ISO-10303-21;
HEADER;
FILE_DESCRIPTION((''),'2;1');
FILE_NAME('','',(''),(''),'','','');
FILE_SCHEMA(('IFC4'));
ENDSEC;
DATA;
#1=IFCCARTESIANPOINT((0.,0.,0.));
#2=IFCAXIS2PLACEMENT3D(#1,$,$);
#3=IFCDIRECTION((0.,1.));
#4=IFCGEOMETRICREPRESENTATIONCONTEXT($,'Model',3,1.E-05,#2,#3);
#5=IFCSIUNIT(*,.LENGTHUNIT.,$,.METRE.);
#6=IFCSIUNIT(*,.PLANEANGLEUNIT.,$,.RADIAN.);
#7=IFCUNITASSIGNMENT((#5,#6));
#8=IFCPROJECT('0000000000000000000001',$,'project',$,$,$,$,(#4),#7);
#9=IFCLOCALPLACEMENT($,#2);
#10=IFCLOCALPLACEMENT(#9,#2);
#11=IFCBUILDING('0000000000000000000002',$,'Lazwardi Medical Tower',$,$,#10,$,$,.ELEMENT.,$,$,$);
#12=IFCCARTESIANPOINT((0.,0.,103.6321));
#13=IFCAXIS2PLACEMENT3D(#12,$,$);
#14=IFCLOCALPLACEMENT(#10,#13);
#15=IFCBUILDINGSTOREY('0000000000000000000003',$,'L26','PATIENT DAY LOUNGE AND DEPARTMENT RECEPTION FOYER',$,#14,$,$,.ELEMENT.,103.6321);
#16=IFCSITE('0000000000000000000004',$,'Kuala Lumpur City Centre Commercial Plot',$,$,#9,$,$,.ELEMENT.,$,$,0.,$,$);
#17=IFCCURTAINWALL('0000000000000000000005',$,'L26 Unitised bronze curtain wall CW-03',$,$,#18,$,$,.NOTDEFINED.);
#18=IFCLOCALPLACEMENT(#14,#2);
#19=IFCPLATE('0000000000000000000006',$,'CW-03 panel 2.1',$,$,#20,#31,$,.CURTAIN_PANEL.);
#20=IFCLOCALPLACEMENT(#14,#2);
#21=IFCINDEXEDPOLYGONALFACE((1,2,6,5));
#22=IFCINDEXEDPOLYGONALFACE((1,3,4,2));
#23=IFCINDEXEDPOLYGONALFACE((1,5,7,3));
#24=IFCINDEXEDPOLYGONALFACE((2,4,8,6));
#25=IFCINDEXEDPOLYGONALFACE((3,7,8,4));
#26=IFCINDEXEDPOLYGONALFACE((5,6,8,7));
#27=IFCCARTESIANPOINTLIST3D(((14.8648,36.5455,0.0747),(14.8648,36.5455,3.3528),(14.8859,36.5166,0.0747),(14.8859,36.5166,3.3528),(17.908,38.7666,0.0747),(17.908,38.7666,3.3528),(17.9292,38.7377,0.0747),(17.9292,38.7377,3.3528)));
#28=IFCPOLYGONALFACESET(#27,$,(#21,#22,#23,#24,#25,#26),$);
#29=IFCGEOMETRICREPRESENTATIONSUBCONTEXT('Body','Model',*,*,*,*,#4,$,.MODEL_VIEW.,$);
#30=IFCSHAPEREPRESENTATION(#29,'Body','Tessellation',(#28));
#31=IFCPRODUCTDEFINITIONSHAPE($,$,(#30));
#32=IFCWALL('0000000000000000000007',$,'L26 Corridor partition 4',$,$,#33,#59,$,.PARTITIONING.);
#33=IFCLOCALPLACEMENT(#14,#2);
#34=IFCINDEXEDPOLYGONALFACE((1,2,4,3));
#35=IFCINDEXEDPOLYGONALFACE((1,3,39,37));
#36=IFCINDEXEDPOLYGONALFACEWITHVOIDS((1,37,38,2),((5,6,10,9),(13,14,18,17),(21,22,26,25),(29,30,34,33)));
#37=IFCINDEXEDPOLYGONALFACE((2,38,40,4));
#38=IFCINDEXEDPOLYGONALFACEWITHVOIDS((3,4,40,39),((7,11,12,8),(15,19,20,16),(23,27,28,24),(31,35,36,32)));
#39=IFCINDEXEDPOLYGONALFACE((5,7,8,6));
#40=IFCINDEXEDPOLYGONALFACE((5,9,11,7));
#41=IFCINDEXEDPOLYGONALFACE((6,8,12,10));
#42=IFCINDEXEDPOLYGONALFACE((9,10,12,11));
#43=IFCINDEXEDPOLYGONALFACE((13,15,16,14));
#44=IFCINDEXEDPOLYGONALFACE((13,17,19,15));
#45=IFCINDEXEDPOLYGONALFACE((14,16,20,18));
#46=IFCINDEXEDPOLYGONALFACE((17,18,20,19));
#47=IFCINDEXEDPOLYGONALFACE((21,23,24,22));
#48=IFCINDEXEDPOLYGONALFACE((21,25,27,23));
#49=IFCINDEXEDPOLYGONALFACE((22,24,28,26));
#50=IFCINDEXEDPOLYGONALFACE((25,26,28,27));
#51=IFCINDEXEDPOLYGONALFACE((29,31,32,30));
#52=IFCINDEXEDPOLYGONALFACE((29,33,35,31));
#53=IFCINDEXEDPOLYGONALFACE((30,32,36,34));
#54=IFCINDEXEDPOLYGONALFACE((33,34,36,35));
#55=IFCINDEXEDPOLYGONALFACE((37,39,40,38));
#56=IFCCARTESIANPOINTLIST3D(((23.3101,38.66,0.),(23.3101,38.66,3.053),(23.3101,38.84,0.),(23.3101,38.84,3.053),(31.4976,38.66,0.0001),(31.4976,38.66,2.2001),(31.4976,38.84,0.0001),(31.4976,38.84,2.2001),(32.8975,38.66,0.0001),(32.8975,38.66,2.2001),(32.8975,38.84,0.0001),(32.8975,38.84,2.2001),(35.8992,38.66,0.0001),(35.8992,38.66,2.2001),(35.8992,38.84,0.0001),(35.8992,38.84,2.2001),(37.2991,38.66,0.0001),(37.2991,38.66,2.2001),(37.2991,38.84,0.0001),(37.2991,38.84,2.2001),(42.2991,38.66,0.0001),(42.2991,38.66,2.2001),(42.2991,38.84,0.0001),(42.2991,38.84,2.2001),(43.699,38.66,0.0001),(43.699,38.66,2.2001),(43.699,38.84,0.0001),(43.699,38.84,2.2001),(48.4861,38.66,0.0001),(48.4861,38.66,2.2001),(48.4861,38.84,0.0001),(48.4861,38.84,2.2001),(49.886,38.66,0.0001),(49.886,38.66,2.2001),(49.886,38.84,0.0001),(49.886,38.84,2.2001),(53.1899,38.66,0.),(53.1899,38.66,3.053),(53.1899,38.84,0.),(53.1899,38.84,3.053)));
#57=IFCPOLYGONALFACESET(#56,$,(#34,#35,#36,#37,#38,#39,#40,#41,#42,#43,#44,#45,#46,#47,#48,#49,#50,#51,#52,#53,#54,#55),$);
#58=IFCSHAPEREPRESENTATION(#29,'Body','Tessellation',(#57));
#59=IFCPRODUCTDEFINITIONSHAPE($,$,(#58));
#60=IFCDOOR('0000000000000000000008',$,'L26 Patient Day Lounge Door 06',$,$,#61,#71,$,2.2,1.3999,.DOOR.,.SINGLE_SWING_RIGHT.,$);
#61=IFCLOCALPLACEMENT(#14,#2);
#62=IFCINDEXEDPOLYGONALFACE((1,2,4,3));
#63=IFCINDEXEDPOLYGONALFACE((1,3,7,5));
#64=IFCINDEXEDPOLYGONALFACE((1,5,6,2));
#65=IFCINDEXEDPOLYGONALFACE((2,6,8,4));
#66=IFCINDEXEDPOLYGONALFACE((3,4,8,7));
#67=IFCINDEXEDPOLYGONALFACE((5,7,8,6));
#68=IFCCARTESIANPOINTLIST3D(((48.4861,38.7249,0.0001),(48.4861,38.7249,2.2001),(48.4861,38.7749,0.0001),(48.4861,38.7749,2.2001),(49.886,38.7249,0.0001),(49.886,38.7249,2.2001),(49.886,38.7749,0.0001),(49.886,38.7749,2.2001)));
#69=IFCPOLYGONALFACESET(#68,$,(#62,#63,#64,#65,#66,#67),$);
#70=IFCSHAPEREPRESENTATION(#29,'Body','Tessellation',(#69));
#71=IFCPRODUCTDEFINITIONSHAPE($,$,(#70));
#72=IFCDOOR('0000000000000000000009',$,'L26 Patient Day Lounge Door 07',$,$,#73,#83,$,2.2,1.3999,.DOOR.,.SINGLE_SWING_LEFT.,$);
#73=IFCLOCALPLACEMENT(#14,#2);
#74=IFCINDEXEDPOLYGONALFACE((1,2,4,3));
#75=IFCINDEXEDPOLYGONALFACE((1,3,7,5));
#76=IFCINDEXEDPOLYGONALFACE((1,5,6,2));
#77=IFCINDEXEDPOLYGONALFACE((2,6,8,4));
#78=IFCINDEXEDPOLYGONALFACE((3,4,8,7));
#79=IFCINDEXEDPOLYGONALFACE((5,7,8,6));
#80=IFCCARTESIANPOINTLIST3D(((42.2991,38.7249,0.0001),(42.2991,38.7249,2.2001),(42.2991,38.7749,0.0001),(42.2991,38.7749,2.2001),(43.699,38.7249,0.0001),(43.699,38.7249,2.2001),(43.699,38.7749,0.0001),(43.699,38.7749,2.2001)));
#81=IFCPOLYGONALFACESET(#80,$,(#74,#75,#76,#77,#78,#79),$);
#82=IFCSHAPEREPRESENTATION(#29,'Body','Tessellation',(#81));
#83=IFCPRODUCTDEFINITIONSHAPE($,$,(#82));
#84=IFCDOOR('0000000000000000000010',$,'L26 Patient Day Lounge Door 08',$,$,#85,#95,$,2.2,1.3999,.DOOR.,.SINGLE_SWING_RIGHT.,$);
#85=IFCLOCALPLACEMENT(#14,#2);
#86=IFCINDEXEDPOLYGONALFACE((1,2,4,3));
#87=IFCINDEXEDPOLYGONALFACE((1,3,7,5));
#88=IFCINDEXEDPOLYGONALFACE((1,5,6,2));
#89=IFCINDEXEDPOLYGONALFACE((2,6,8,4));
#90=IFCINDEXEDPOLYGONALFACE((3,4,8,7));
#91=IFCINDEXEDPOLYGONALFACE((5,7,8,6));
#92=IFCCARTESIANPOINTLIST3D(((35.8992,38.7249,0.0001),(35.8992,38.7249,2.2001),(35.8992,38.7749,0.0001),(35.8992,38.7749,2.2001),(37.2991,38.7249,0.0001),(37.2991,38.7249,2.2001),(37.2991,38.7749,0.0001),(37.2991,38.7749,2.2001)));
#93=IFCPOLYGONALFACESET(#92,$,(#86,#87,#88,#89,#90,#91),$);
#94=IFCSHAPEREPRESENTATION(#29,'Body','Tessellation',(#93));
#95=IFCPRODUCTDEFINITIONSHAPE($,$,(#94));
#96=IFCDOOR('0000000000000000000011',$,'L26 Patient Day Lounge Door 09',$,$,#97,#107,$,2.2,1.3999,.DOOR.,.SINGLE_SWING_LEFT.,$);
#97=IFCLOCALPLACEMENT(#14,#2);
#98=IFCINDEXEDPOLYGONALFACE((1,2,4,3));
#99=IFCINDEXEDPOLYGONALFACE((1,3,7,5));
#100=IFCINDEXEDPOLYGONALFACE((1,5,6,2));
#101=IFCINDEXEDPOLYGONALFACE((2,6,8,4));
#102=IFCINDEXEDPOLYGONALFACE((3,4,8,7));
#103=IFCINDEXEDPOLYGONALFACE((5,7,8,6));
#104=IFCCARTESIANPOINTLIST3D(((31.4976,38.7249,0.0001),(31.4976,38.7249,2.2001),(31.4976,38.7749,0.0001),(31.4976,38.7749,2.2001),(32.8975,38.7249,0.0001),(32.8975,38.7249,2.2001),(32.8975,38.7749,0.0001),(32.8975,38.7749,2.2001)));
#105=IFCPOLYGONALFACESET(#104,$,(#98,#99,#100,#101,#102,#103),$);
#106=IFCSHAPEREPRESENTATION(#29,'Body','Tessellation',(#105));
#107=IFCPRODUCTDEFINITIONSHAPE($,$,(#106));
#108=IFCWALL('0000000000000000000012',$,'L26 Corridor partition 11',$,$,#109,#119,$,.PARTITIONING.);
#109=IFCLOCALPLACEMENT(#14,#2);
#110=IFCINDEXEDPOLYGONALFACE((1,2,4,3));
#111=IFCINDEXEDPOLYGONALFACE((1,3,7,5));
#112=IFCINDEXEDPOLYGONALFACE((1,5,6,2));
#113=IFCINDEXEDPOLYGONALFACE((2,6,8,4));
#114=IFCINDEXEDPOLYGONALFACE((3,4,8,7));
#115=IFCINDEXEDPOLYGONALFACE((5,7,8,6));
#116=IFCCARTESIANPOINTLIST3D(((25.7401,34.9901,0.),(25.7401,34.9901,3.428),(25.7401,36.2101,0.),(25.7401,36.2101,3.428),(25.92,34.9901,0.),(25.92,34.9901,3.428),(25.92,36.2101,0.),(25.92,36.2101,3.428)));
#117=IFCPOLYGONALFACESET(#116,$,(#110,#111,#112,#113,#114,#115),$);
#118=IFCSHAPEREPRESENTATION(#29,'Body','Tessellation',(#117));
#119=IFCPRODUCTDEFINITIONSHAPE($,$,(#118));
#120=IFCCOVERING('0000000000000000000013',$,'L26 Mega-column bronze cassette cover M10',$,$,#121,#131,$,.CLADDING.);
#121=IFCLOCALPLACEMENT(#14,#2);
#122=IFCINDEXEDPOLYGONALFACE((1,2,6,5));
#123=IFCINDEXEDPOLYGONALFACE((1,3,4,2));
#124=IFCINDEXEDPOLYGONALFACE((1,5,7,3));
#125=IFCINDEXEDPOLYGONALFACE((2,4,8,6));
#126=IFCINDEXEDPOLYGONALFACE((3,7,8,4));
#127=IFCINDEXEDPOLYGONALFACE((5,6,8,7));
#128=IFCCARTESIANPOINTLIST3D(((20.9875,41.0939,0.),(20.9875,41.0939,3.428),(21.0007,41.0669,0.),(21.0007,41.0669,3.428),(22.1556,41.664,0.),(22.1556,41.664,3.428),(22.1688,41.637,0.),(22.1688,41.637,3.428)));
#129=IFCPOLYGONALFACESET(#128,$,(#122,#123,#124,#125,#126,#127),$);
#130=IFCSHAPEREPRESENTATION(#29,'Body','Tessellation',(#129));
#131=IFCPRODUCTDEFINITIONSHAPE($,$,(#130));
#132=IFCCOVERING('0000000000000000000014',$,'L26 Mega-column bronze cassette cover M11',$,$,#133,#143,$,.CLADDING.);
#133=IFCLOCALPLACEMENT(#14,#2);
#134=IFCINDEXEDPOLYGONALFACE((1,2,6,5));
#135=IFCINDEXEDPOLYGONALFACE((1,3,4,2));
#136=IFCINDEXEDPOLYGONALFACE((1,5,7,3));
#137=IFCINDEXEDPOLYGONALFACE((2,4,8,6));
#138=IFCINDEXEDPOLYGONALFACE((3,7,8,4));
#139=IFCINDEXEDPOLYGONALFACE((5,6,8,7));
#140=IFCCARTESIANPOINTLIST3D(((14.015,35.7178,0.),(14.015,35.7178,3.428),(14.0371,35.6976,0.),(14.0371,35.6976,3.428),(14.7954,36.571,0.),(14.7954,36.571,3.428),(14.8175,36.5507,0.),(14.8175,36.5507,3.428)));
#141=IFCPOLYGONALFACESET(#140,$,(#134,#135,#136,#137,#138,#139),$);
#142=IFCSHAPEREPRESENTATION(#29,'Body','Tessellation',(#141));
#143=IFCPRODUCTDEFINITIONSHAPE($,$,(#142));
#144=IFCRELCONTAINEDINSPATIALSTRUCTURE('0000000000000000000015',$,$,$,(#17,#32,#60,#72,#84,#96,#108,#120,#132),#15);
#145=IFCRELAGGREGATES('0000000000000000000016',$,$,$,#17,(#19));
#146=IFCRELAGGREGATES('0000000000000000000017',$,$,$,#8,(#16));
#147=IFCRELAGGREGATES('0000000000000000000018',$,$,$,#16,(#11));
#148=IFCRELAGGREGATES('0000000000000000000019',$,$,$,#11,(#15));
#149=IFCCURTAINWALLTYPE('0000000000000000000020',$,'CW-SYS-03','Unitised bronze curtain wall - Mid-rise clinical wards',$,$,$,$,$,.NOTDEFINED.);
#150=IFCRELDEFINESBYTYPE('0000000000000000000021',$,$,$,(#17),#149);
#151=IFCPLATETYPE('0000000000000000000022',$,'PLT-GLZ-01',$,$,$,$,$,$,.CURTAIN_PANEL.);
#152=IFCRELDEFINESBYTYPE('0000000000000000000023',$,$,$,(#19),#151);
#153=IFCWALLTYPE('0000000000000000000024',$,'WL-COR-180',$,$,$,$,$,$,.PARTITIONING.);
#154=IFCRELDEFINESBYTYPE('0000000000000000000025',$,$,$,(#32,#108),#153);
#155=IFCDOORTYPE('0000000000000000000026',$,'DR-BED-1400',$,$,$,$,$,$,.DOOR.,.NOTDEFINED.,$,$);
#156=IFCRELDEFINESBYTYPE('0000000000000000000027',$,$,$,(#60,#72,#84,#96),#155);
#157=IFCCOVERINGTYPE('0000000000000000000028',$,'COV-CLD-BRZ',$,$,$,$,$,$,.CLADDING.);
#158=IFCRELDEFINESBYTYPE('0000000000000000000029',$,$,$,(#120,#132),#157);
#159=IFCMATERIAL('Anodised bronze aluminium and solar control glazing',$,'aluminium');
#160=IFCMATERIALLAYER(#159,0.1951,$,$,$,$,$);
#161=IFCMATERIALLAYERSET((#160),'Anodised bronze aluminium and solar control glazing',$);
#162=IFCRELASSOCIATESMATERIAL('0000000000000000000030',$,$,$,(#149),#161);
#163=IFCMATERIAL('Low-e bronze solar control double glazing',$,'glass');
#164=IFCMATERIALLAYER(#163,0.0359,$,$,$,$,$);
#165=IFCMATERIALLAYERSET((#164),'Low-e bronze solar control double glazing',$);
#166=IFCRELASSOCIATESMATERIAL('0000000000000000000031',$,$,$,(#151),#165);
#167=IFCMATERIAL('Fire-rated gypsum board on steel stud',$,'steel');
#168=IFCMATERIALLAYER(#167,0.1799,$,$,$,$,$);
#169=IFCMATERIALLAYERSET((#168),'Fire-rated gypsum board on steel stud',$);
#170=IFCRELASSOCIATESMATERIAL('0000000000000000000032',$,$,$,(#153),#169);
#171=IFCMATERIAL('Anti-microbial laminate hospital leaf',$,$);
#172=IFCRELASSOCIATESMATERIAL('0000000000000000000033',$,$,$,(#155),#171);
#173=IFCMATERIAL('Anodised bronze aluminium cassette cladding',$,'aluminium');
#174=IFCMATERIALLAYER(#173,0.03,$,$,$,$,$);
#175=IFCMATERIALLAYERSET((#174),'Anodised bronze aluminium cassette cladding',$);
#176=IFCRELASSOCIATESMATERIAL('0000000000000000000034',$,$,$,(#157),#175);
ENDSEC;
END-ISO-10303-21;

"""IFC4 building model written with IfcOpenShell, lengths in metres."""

from ifc_helpers import new_model, si_unit, direction, frame, frame_2d, origin, origin_2d, place, context, subcontext, project, spatial, rectangle, extrude, material, layer, layer_set, type_object, element, fill, aggregate, save


model = new_model("IFC4")

# Units and contexts
model_context = context("Model", 3, precision=1e-05, world=origin(), true_north=direction((0.0, 1.0)))
body_context = subcontext(model_context, "Body", "Model", "MODEL_VIEW")
ifc_project = project(units=[si_unit("LENGTHUNIT", "METRE"), si_unit("PLANEANGLEUNIT", "RADIAN")], contexts=[model_context])

# Site, building, storey
site_placement = place(None, origin())
site = spatial("IfcSite", under=ifc_project, at=site_placement, Name="Kuala Lumpur City Centre Commercial Plot", CompositionType="ELEMENT", RefElevation=0.0)
building_placement = place(site_placement, origin())
building = spatial("IfcBuilding", under=site, at=building_placement, Name="Lazwardi Medical Tower", CompositionType="ELEMENT")
storey_placement = place(building_placement, frame((0.0, 0.0, 103.6321)))
storey = spatial("IfcBuildingStorey", under=building, at=storey_placement, Name="L26", Description="PATIENT DAY LOUNGE AND DEPARTMENT RECEPTION FOYER", CompositionType="ELEMENT", Elevation=103.6321)

# Shared definitions
ifc_material_1 = material(Name="Anodised bronze aluminium and solar control glazing", Category="aluminium")
ifc_layer_1 = layer(ifc_material_1, 0.1951)
ifc_layer_set_1 = layer_set([ifc_layer_1], Name="Anodised bronze aluminium and solar control glazing")
curtain_wall_type = type_object("IfcCurtainWallType", Name="CW-SYS-03", Description="Unitised bronze curtain wall - Mid-rise clinical wards", PredefinedType="NOTDEFINED", material=ifc_layer_set_1)

# Curtain wall
curtain_wall_1_placement = place(storey_placement, origin())
curtain_wall_1 = element("IfcCurtainWall", 1, at=curtain_wall_1_placement, inside=storey, type_object=curtain_wall_type, Name="L26 Unitised bronze curtain wall CW-03", PredefinedType="NOTDEFINED")

# Plate
ifc_material_2 = material(Name="Low-e bronze solar control double glazing", Category="glass")
ifc_layer_2 = layer(ifc_material_2, 0.0359)
ifc_layer_set_2 = layer_set([ifc_layer_2], Name="Low-e bronze solar control double glazing")
plate_type = type_object("IfcPlateType", Name="PLT-GLZ-01", PredefinedType="CURTAIN_PANEL", material=ifc_layer_set_2)
plate_1_placement = place(storey_placement, frame((16.397, 37.6416, 0.0747), z_axis=(0.0, 0.0, 1.0), x_axis=(-0.807746, -0.589531, 0.0)))
plate_1 = element("IfcPlate", 2, at=plate_1_placement, type_object=plate_type, Name="CW-03 panel 2.1", PredefinedType="CURTAIN_PANEL", context=body_context, shape_type="SweptSolid", body=[
    extrude(rectangle(XDim=3.7676, YDim=0.0359, at=origin_2d()), origin(), (0.0, 0.0, 1.0), 3.2781),
])
aggregate(curtain_wall_1, [plate_1])

# Wall, openings, doors
ifc_material_3 = material(Name="Fire-rated gypsum board on steel stud", Category="steel")
ifc_layer_3 = layer(ifc_material_3, 0.1799)
ifc_layer_set_3 = layer_set([ifc_layer_3], Name="Fire-rated gypsum board on steel stud")
wall_type = type_object("IfcWallType", Name="WL-COR-180", PredefinedType="PARTITIONING", material=ifc_layer_set_3)
wall_1_placement = place(storey_placement, frame((23.3101, 38.75, 0.0), z_axis=(0.0, 0.0, 1.0), x_axis=(1.0, 0.0, 0.0)))
wall_1 = element("IfcWall", 3, at=wall_1_placement, inside=storey, type_object=wall_type, Name="L26 Corridor partition 4", PredefinedType="PARTITIONING", context=body_context, shape_type="SweptSolid", body=[
    extrude(rectangle(XDim=29.8799, YDim=0.1799, at=frame_2d((14.9399, 0.0))), origin(), (0.0, 0.0, 1.0), 3.053),
])
opening_1_placement = place(wall_1_placement, frame((25.176, 0.0, 0.0)))
opening_1 = element("IfcOpeningElement", 4, at=opening_1_placement, cuts=wall_1, PredefinedType="OPENING", context=body_context, shape_type="SweptSolid", body=[
    extrude(rectangle(XDim=1.3999, YDim=2.2, at=frame_2d((0.7, 1.1001))), frame((0.0, 0.0999, 0.0), z_axis=(0.0, -1.0, 0.0), x_axis=(1.0, 0.0, 0.0)), (0.0, 0.0, 1.0), 0.2),
])
opening_2_placement = place(wall_1_placement, frame((18.989, 0.0, 0.0)))
opening_2 = element("IfcOpeningElement", 5, at=opening_2_placement, cuts=wall_1, PredefinedType="OPENING", context=body_context, shape_type="SweptSolid", body=[
    extrude(rectangle(XDim=1.3999, YDim=2.2, at=frame_2d((0.7, 1.1001))), frame((0.0, 0.0999, 0.0), z_axis=(0.0, -1.0, 0.0), x_axis=(1.0, 0.0, 0.0)), (0.0, 0.0, 1.0), 0.2),
])
opening_3_placement = place(wall_1_placement, frame((12.5891, 0.0, 0.0)))
opening_3 = element("IfcOpeningElement", 6, at=opening_3_placement, cuts=wall_1, PredefinedType="OPENING", context=body_context, shape_type="SweptSolid", body=[
    extrude(rectangle(XDim=1.3999, YDim=2.2, at=frame_2d((0.7, 1.1001))), frame((0.0, 0.0999, 0.0), z_axis=(0.0, -1.0, 0.0), x_axis=(1.0, 0.0, 0.0)), (0.0, 0.0, 1.0), 0.2),
])
opening_4_placement = place(wall_1_placement, frame((8.1875, 0.0, 0.0)))
opening_4 = element("IfcOpeningElement", 7, at=opening_4_placement, cuts=wall_1, PredefinedType="OPENING", context=body_context, shape_type="SweptSolid", body=[
    extrude(rectangle(XDim=1.3999, YDim=2.2, at=frame_2d((0.7, 1.1001))), frame((0.0, 0.0999, 0.0), z_axis=(0.0, -1.0, 0.0), x_axis=(1.0, 0.0, 0.0)), (0.0, 0.0, 1.0), 0.2),
])
ifc_material_4 = material(Name="Anti-microbial laminate hospital leaf")
door_type = type_object("IfcDoorType", Name="DR-BED-1400", OperationType="NOTDEFINED", PredefinedType="DOOR", material=ifc_material_4)
door_1_placement = place(opening_1_placement, origin())
door_1 = element("IfcDoor", 8, at=door_1_placement, inside=storey, type_object=door_type, Name="L26 Patient Day Lounge Door 06", OperationType="SINGLE_SWING_RIGHT", OverallHeight=2.2, OverallWidth=1.3999, PredefinedType="DOOR", context=body_context, shape_type="SweptSolid", body=[
    extrude(rectangle(XDim=1.3999, YDim=2.2, at=frame_2d((0.7, 1.1001))), frame((0.0, 0.0249, 0.0), z_axis=(0.0, -1.0, 0.0), x_axis=(1.0, 0.0, 0.0)), (0.0, 0.0, 1.0), 0.05),
])
fill(opening_1, door_1)
door_2_placement = place(opening_2_placement, origin())
door_2 = element("IfcDoor", 9, at=door_2_placement, inside=storey, type_object=door_type, Name="L26 Patient Day Lounge Door 07", OperationType="SINGLE_SWING_LEFT", OverallHeight=2.2, OverallWidth=1.3999, PredefinedType="DOOR", context=body_context, shape_type="SweptSolid", body=[
    extrude(rectangle(XDim=1.3999, YDim=2.2, at=frame_2d((0.7, 1.1001))), frame((0.0, 0.0249, 0.0), z_axis=(0.0, -1.0, 0.0), x_axis=(1.0, 0.0, 0.0)), (0.0, 0.0, 1.0), 0.05),
])
fill(opening_2, door_2)
door_3_placement = place(opening_3_placement, origin())
door_3 = element("IfcDoor", 10, at=door_3_placement, inside=storey, type_object=door_type, Name="L26 Patient Day Lounge Door 08", OperationType="SINGLE_SWING_RIGHT", OverallHeight=2.2, OverallWidth=1.3999, PredefinedType="DOOR", context=body_context, shape_type="SweptSolid", body=[
    extrude(rectangle(XDim=1.3999, YDim=2.2, at=frame_2d((0.7, 1.1001))), frame((0.0, 0.0249, 0.0), z_axis=(0.0, -1.0, 0.0), x_axis=(1.0, 0.0, 0.0)), (0.0, 0.0, 1.0), 0.05),
])
fill(opening_3, door_3)
door_4_placement = place(opening_4_placement, origin())
door_4 = element("IfcDoor", 11, at=door_4_placement, inside=storey, type_object=door_type, Name="L26 Patient Day Lounge Door 09", OperationType="SINGLE_SWING_LEFT", OverallHeight=2.2, OverallWidth=1.3999, PredefinedType="DOOR", context=body_context, shape_type="SweptSolid", body=[
    extrude(rectangle(XDim=1.3999, YDim=2.2, at=frame_2d((0.7, 1.1001))), frame((0.0, 0.0249, 0.0), z_axis=(0.0, -1.0, 0.0), x_axis=(1.0, 0.0, 0.0)), (0.0, 0.0, 1.0), 0.05),
])
fill(opening_4, door_4)

# Wall
wall_2_placement = place(storey_placement, frame((25.8301, 36.21, 0.0), z_axis=(0.0, 0.0, 1.0), x_axis=(0.0, -1.0, 0.0)))
element("IfcWall", 12, at=wall_2_placement, inside=storey, type_object=wall_type, Name="L26 Corridor partition 11", PredefinedType="PARTITIONING", context=body_context, shape_type="SweptSolid", body=[
    extrude(rectangle(XDim=1.22, YDim=0.1799, at=frame_2d((0.6099, 0.0))), origin(), (0.0, 0.0, 1.0), 3.428),
])

# Coverings
ifc_material_5 = material(Name="Anodised bronze aluminium cassette cladding", Category="aluminium")
ifc_layer_4 = layer(ifc_material_5, 0.03)
ifc_layer_set_4 = layer_set([ifc_layer_4], Name="Anodised bronze aluminium cassette cladding")
covering_type = type_object("IfcCoveringType", Name="COV-CLD-BRZ", PredefinedType="CLADDING", material=ifc_layer_set_4)
covering_1_placement = place(storey_placement, frame((21.5781, 41.3655, 0.0), z_axis=(0.0, 0.0, 1.0), x_axis=(-0.898679, -0.438606, 0.0)))
element("IfcCovering", 13, at=covering_1_placement, inside=storey, type_object=covering_type, Name="L26 Mega-column bronze cassette cover M10", PredefinedType="CLADDING", context=body_context, shape_type="SweptSolid", body=[
    extrude(rectangle(XDim=1.2998, YDim=0.03, at=origin_2d()), origin(), (0.0, 0.0, 1.0), 3.428),
])
covering_2_placement = place(storey_placement, frame((14.4163, 36.1343, 0.0), z_axis=(0.0, 0.0, 1.0), x_axis=(-0.674926, -0.737885, 0.0)))
element("IfcCovering", 14, at=covering_2_placement, inside=storey, type_object=covering_type, Name="L26 Mega-column bronze cassette cover M11", PredefinedType="CLADDING", context=body_context, shape_type="SweptSolid", body=[
    extrude(rectangle(XDim=1.1562, YDim=0.03, at=origin_2d()), origin(), (0.0, 0.0, 1.0), 3.428),
])

save(model, "model.ifc")
